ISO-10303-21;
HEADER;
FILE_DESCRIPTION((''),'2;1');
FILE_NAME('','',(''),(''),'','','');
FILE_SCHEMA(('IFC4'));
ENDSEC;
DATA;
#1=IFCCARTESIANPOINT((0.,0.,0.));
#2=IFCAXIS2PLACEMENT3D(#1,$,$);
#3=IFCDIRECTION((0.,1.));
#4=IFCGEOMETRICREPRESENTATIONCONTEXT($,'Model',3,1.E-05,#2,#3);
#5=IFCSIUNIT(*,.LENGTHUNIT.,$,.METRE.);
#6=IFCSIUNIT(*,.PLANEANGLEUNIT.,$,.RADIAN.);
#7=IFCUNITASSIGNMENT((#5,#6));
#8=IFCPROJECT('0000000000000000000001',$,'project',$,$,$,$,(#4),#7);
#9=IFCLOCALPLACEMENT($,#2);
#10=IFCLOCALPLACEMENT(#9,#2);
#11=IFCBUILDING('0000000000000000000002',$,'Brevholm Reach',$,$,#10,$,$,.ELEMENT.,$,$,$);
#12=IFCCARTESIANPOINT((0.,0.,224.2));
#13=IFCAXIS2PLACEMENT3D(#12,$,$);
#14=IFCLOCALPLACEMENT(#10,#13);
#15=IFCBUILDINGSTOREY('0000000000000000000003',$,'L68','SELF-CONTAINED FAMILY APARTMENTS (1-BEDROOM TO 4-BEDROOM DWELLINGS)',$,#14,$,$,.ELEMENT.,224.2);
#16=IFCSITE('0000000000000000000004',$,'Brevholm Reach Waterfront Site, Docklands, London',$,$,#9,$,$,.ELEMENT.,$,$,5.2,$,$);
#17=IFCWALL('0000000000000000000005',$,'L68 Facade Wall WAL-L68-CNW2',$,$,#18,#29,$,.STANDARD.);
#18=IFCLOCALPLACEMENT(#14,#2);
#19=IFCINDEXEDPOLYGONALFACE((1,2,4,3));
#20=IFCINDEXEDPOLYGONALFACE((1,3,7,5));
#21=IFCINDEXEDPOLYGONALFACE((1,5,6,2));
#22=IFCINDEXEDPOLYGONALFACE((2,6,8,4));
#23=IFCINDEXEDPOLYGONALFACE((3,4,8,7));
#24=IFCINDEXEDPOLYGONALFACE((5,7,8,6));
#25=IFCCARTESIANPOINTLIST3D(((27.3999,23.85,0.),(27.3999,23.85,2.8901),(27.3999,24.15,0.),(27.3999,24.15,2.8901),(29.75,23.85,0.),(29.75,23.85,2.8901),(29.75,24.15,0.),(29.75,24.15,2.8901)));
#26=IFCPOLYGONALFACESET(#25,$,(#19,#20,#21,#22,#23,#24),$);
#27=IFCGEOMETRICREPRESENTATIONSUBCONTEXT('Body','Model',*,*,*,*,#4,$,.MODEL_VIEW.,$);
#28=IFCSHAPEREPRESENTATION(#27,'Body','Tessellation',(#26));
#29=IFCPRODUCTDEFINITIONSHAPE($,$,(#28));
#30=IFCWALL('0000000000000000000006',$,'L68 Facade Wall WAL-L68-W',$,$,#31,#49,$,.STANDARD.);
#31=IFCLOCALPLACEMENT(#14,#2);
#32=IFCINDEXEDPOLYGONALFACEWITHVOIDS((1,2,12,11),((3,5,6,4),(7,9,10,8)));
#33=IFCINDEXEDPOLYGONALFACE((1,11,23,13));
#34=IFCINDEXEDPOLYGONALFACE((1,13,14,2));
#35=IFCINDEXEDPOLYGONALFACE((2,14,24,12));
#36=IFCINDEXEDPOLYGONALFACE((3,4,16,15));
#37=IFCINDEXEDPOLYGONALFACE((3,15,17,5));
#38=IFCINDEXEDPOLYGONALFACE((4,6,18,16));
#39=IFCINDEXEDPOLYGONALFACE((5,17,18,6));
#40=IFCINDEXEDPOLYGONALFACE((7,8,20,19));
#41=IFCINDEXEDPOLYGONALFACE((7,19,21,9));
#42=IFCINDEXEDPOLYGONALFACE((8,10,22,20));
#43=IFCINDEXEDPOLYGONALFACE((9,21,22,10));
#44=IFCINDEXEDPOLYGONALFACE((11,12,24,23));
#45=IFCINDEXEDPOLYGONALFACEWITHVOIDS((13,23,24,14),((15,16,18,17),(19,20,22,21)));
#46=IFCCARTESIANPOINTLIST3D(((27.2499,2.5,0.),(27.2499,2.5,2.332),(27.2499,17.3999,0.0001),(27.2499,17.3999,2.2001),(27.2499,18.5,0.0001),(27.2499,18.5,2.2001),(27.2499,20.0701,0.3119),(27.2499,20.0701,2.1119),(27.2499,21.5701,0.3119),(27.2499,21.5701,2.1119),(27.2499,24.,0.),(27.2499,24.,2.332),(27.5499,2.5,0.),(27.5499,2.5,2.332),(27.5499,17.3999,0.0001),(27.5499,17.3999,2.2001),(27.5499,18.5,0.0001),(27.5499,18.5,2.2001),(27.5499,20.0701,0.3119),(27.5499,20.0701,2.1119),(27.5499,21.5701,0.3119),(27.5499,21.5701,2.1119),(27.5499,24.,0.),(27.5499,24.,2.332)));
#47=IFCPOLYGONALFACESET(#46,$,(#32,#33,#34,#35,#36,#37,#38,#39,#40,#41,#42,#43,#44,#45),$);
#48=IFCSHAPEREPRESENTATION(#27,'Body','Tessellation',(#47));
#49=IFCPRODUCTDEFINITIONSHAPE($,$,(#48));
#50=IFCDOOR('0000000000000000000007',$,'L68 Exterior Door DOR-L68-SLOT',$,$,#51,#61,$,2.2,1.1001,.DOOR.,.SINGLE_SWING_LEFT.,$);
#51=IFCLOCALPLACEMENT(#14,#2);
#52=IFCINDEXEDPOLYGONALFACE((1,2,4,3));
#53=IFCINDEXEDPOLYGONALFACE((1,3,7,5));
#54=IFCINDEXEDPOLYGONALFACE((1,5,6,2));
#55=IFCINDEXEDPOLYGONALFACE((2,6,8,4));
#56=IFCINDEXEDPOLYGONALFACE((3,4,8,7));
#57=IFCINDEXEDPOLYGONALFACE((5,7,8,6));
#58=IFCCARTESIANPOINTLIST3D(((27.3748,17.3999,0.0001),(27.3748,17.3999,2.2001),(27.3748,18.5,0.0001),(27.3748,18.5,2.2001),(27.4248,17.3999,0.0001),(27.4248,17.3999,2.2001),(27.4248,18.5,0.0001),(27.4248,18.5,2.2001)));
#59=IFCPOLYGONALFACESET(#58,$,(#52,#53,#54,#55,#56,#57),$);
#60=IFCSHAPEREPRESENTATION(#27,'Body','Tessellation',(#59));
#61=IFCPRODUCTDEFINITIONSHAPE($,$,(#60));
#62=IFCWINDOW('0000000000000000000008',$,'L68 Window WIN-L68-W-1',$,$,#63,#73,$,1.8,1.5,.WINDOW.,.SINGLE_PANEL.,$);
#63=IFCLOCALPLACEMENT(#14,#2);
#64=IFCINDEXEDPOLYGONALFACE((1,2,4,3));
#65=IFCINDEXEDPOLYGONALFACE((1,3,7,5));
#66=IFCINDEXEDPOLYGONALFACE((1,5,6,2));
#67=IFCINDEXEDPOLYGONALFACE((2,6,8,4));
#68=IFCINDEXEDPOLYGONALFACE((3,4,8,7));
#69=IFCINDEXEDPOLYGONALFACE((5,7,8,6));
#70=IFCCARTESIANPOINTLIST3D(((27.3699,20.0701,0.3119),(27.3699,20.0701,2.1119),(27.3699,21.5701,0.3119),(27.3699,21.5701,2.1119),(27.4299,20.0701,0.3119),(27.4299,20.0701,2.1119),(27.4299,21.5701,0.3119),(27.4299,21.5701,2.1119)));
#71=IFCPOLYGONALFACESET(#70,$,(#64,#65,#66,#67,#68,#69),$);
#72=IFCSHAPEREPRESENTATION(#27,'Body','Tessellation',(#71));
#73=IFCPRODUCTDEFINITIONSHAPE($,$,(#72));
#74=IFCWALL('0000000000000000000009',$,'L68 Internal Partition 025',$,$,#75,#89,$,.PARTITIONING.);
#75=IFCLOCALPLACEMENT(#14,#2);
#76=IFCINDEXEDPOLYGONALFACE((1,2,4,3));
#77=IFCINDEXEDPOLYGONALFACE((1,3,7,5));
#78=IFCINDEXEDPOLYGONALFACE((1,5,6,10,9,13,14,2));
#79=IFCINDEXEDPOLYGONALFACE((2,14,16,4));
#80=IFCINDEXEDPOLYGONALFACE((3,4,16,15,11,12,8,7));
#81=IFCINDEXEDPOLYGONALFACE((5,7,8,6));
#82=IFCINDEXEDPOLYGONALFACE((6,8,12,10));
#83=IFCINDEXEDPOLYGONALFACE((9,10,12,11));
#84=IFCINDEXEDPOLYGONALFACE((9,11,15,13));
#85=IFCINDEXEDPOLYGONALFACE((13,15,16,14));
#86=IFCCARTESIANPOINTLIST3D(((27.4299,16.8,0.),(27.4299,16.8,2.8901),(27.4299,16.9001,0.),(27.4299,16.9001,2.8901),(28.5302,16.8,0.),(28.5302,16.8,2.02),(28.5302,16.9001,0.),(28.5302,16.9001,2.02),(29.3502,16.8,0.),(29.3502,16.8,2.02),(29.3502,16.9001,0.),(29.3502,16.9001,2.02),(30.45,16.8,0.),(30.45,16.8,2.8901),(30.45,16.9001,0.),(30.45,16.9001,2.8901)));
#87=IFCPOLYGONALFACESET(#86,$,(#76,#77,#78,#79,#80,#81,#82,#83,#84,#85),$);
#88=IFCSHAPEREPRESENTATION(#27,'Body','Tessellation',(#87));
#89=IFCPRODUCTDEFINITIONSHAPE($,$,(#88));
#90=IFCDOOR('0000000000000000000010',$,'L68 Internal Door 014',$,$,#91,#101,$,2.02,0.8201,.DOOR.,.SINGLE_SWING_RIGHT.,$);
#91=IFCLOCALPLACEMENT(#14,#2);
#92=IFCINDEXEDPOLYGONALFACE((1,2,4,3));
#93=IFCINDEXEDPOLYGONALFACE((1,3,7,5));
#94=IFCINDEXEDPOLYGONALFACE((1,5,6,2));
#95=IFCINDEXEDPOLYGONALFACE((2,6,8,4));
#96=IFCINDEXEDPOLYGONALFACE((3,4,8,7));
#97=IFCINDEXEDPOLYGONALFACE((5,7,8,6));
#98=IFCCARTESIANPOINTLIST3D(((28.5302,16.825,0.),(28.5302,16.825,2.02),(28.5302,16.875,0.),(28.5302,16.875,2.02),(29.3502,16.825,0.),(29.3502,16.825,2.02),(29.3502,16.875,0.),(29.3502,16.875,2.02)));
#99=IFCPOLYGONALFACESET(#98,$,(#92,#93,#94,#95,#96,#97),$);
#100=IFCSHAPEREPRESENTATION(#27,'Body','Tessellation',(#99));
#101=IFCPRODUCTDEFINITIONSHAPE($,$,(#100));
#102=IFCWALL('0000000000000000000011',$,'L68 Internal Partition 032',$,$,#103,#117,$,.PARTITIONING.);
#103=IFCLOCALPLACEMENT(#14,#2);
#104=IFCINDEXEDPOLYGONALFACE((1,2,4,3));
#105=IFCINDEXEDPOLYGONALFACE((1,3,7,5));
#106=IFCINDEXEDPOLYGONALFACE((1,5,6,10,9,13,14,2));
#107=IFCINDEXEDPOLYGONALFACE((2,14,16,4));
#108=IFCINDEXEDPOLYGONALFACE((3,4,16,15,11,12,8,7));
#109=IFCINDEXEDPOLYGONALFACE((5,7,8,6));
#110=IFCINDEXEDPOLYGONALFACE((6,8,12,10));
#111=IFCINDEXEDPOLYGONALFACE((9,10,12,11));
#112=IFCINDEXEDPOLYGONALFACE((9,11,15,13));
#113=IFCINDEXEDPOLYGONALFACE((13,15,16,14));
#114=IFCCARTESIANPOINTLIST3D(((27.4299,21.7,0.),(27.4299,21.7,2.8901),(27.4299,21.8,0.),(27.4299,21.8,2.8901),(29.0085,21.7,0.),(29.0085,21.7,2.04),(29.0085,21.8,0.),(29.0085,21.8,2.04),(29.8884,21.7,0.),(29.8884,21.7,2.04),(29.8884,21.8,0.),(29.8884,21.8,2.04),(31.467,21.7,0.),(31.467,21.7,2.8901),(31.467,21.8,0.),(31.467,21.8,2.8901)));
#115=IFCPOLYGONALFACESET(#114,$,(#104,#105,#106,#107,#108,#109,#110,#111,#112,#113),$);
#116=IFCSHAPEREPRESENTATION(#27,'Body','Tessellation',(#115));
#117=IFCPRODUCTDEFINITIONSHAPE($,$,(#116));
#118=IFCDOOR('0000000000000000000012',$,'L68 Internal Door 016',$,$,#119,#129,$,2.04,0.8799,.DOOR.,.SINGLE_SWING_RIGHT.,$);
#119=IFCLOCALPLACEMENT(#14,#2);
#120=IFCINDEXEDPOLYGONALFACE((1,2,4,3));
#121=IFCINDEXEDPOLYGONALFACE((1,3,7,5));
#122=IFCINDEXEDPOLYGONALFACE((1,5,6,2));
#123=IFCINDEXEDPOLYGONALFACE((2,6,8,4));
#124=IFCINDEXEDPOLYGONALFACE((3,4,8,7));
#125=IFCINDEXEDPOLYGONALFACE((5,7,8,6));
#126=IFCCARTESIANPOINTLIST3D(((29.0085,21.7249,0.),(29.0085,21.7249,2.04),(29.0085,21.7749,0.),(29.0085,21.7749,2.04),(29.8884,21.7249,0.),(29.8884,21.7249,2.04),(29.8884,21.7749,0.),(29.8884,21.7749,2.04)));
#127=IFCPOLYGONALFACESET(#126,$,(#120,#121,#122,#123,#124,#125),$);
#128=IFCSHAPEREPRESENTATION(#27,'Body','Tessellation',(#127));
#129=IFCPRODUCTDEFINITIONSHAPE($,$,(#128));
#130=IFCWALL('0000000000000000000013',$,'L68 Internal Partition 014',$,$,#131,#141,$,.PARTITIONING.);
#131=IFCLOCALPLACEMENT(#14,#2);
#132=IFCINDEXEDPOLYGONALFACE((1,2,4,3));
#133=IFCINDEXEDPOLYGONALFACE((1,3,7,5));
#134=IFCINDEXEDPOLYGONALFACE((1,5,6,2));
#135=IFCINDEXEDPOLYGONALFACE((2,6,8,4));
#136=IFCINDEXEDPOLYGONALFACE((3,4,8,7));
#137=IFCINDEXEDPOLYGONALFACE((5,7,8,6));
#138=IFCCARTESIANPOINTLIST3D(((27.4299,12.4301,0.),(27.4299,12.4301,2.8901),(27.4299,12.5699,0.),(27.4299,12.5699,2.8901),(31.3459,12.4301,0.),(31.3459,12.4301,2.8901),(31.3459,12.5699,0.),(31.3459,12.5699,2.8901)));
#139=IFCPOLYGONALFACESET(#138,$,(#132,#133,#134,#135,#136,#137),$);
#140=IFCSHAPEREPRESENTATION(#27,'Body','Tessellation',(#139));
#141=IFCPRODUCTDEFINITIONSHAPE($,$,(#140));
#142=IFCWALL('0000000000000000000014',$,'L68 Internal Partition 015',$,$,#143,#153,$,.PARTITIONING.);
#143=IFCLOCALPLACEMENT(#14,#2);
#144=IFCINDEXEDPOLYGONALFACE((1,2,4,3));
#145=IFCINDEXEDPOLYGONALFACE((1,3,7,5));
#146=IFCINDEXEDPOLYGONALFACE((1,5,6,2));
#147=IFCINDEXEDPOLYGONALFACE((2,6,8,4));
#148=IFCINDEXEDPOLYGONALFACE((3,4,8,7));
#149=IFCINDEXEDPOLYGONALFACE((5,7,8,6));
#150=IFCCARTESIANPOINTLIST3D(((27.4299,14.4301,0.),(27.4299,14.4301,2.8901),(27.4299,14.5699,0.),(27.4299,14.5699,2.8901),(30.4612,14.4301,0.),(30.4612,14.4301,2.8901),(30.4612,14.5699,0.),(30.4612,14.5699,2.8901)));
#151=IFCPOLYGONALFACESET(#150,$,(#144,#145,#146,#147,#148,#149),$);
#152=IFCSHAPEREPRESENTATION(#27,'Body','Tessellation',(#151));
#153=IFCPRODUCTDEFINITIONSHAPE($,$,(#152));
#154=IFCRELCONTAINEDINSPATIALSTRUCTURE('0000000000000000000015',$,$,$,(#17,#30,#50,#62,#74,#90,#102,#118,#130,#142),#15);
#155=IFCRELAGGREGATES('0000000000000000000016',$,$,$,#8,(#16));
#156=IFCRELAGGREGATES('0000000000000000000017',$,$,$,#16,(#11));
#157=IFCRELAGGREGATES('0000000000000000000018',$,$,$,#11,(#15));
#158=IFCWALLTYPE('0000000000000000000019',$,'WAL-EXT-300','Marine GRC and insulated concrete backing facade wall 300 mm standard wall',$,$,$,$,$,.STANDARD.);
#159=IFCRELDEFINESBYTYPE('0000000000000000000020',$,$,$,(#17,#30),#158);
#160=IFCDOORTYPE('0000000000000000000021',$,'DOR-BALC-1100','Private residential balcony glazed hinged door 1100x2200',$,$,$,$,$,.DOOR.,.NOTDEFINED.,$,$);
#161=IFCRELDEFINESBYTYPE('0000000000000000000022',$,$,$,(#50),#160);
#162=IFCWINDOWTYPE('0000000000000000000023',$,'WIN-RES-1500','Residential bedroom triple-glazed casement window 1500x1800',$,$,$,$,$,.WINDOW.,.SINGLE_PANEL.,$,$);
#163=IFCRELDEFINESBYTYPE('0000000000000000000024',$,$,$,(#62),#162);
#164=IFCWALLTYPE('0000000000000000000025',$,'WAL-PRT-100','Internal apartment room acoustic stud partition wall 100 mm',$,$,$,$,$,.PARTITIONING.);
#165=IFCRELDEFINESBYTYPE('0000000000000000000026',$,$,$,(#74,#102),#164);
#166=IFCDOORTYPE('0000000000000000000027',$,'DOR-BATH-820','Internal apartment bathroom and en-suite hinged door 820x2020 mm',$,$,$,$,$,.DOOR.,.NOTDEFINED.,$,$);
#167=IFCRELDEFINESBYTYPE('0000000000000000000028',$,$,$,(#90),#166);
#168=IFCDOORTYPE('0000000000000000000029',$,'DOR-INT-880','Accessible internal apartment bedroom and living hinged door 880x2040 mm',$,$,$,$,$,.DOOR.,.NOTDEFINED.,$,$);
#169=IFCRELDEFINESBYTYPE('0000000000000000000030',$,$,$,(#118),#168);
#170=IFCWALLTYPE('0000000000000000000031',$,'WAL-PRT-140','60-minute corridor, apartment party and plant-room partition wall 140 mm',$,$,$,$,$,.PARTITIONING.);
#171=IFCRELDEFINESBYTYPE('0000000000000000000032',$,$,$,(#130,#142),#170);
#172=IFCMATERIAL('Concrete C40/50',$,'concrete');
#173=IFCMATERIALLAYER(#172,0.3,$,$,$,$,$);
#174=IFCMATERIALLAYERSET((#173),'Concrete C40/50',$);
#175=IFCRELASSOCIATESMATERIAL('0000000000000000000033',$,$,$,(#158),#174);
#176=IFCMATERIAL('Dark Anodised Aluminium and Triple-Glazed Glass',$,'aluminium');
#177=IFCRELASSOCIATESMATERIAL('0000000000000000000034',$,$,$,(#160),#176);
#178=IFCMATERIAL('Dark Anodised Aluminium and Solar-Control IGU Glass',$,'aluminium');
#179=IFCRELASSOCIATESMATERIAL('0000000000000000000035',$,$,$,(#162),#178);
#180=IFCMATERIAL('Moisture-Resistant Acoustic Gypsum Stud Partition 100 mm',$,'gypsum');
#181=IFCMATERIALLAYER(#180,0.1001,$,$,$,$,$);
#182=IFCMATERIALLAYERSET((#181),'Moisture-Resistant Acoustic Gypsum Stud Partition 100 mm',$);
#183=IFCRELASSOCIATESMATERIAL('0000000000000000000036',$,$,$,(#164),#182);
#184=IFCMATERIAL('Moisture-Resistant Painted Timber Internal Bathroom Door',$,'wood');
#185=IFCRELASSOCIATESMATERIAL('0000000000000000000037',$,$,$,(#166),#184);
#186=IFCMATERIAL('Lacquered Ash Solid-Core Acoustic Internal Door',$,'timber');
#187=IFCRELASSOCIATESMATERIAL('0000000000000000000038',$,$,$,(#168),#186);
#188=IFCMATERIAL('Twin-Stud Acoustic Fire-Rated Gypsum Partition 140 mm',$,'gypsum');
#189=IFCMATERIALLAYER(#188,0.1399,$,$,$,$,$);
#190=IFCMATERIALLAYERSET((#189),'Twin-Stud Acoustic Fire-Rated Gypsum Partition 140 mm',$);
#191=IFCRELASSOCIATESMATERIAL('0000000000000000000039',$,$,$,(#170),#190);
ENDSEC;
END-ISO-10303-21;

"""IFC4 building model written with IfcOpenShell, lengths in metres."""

from ifc_helpers import new_model, si_unit, direction, frame, frame_2d, origin, place, context, subcontext, project, spatial, rectangle, extrude, material, layer, layer_set, type_object, element, fill, save


model = new_model("IFC4")

# Units and contexts
model_context = context("Model", 3, precision=1e-05, world=origin(), true_north=direction((0.0, 1.0)))
body_context = subcontext(model_context, "Body", "Model", "MODEL_VIEW")
ifc_project = project(units=[si_unit("LENGTHUNIT", "METRE"), si_unit("PLANEANGLEUNIT", "RADIAN")], contexts=[model_context])

# Site, building, storey
site_placement = place(None, origin())
site = spatial("IfcSite", under=ifc_project, at=site_placement, Name="Brevholm Reach Waterfront Site, Docklands, London", CompositionType="ELEMENT", RefElevation=5.2)
building_placement = place(site_placement, origin())
building = spatial("IfcBuilding", under=site, at=building_placement, Name="Brevholm Reach", CompositionType="ELEMENT")
storey_placement = place(building_placement, frame((0.0, 0.0, 224.2)))
storey = spatial("IfcBuildingStorey", under=building, at=storey_placement, Name="L68", Description="SELF-CONTAINED FAMILY APARTMENTS (1-BEDROOM TO 4-BEDROOM DWELLINGS)", CompositionType="ELEMENT", Elevation=224.2)

# Shared definitions
ifc_material_1 = material(Name="Concrete C40/50", Category="concrete")
ifc_layer_1 = layer(ifc_material_1, 0.3)
ifc_layer_set_1 = layer_set([ifc_layer_1], Name="Concrete C40/50")
wall_type_1 = type_object("IfcWallType", Name="WAL-EXT-300", Description="Marine GRC and insulated concrete backing facade wall 300 mm standard wall", PredefinedType="STANDARD", material=ifc_layer_set_1)

# Wall
wall_1_placement = place(storey_placement, frame((29.75, 24.0, 0.0), z_axis=(0.0, 0.0, 1.0), x_axis=(-1.0, 0.0, 0.0)))
element("IfcWall", 1, at=wall_1_placement, inside=storey, type_object=wall_type_1, Name="L68 Facade Wall WAL-L68-CNW2", PredefinedType="STANDARD", context=body_context, shape_type="SweptSolid", body=[
    extrude(rectangle(XDim=2.3501, YDim=0.3, at=frame_2d((1.175, 0.0))), origin(), (0.0, 0.0, 1.0), 2.8901),
])

# Wall, openings, door, window
wall_2_placement = place(storey_placement, frame((27.3999, 24.0, 0.0), z_axis=(0.0, 0.0, 1.0), x_axis=(0.0, -1.0, 0.0)))
wall_2 = element("IfcWall", 2, at=wall_2_placement, inside=storey, type_object=wall_type_1, Name="L68 Facade Wall WAL-L68-W", PredefinedType="STANDARD", context=body_context, shape_type="SweptSolid", body=[
    extrude(rectangle(XDim=21.5, YDim=0.3, at=frame_2d((10.75, 0.0))), origin(), (0.0, 0.0, 1.0), 2.332),
])
opening_1_placement = place(wall_2_placement, frame((5.5, 0.0, 0.0)))
opening_1 = element("IfcOpeningElement", 3, at=opening_1_placement, cuts=wall_2, PredefinedType="OPENING", context=body_context, shape_type="SweptSolid", body=[
    extrude(rectangle(XDim=1.1001, YDim=2.2, at=frame_2d((0.55, 1.1001))), frame((0.0, 0.1599, 0.0), z_axis=(0.0, -1.0, 0.0), x_axis=(1.0, 0.0, 0.0)), (0.0, 0.0, 1.0), 0.3201),
])
opening_2_placement = place(wall_2_placement, frame((2.4299, 0.0, 0.312)))
opening_2 = element("IfcOpeningElement", 4, at=opening_2_placement, cuts=wall_2, PredefinedType="OPENING", context=body_context, shape_type="SweptSolid", body=[
    extrude(rectangle(XDim=1.5, YDim=1.8, at=frame_2d((0.75, 0.8999))), frame((0.0, 0.1599, 0.0), z_axis=(0.0, -1.0, 0.0), x_axis=(1.0, 0.0, 0.0)), (0.0, 0.0, 1.0), 0.3201),
])
ifc_material_2 = material(Name="Dark Anodised Aluminium and Triple-Glazed Glass", Category="aluminium")
door_type_1 = type_object("IfcDoorType", Name="DOR-BALC-1100", Description="Private residential balcony glazed hinged door 1100x2200", OperationType="NOTDEFINED", PredefinedType="DOOR", material=ifc_material_2)
door_1_placement = place(opening_1_placement, origin())
door_1 = element("IfcDoor", 5, at=door_1_placement, inside=storey, type_object=door_type_1, Name="L68 Exterior Door DOR-L68-SLOT", OperationType="SINGLE_SWING_LEFT", OverallHeight=2.2, OverallWidth=1.1001, PredefinedType="DOOR", context=body_context, shape_type="SweptSolid", body=[
    extrude(rectangle(XDim=1.1001, YDim=2.2, at=frame_2d((0.55, 1.1001))), frame((0.0, 0.0249, 0.0), z_axis=(0.0, -1.0, 0.0), x_axis=(1.0, 0.0, 0.0)), (0.0, 0.0, 1.0), 0.05),
])
fill(opening_1, door_1)
ifc_material_3 = material(Name="Dark Anodised Aluminium and Solar-Control IGU Glass", Category="aluminium")
window_type_1 = type_object("IfcWindowType", Name="WIN-RES-1500", Description="Residential bedroom triple-glazed casement window 1500x1800", PartitioningType="SINGLE_PANEL", PredefinedType="WINDOW", material=ifc_material_3)
window_1_placement = place(opening_2_placement, origin())
window_1 = element("IfcWindow", 6, at=window_1_placement, inside=storey, type_object=window_type_1, Name="L68 Window WIN-L68-W-1", OverallHeight=1.8, OverallWidth=1.5, PartitioningType="SINGLE_PANEL", PredefinedType="WINDOW", context=body_context, shape_type="SweptSolid", body=[
    extrude(rectangle(XDim=1.5, YDim=1.8, at=frame_2d((0.75, 0.8999))), frame((0.0, 0.03, 0.0), z_axis=(0.0, -1.0, 0.0), x_axis=(1.0, 0.0, 0.0)), (0.0, 0.0, 1.0), 0.0601),
])
fill(opening_2, window_1)

# Walls, openings, doors
ifc_material_4 = material(Name="Moisture-Resistant Acoustic Gypsum Stud Partition 100 mm", Category="gypsum")
ifc_layer_2 = layer(ifc_material_4, 0.1001)
ifc_layer_set_2 = layer_set([ifc_layer_2], Name="Moisture-Resistant Acoustic Gypsum Stud Partition 100 mm")
wall_type_2 = type_object("IfcWallType", Name="WAL-PRT-100", Description="Internal apartment room acoustic stud partition wall 100 mm", PredefinedType="PARTITIONING", material=ifc_layer_set_2)
wall_3_placement = place(storey_placement, frame((27.4299, 16.8501, 0.0), z_axis=(0.0, 0.0, 1.0), x_axis=(1.0, 0.0, 0.0)))
wall_3 = element("IfcWall", 7, at=wall_3_placement, inside=storey, type_object=wall_type_2, Name="L68 Internal Partition 025", PredefinedType="PARTITIONING", context=body_context, shape_type="SweptSolid", body=[
    extrude(rectangle(XDim=3.02, YDim=0.1001, at=frame_2d((1.51, 0.0))), origin(), (0.0, 0.0, 1.0), 2.8901),
])
opening_3_placement = place(wall_3_placement, frame((1.1001, 0.0, 0.0)))
opening_3 = element("IfcOpeningElement", 8, at=opening_3_placement, cuts=wall_3, PredefinedType="OPENING", context=body_context, shape_type="SweptSolid", body=[
    extrude(rectangle(XDim=0.8201, YDim=2.02, at=frame_2d((0.4102, 1.01))), frame((0.0, 0.0601, 0.0), z_axis=(0.0, -1.0, 0.0), x_axis=(1.0, 0.0, 0.0)), (0.0, 0.0, 1.0), 0.1201),
])
ifc_material_5 = material(Name="Moisture-Resistant Painted Timber Internal Bathroom Door", Category="wood")
door_type_2 = type_object("IfcDoorType", Name="DOR-BATH-820", Description="Internal apartment bathroom and en-suite hinged door 820x2020 mm", OperationType="NOTDEFINED", PredefinedType="DOOR", material=ifc_material_5)
door_2_placement = place(opening_3_placement, origin())
door_2 = element("IfcDoor", 9, at=door_2_placement, inside=storey, type_object=door_type_2, Name="L68 Internal Door 014", OperationType="SINGLE_SWING_RIGHT", OverallHeight=2.02, OverallWidth=0.8201, PredefinedType="DOOR", context=body_context, shape_type="SweptSolid", body=[
    extrude(rectangle(XDim=0.8201, YDim=2.02, at=frame_2d((0.4102, 1.01))), frame((0.0, 0.0249, 0.0), z_axis=(0.0, -1.0, 0.0), x_axis=(1.0, 0.0, 0.0)), (0.0, 0.0, 1.0), 0.05),
])
fill(opening_3, door_2)
wall_4_placement = place(storey_placement, frame((27.4299, 21.75, 0.0), z_axis=(0.0, 0.0, 1.0), x_axis=(1.0, 0.0, 0.0)))
wall_4 = element("IfcWall", 10, at=wall_4_placement, inside=storey, type_object=wall_type_2, Name="L68 Internal Partition 032", PredefinedType="PARTITIONING", context=body_context, shape_type="SweptSolid", body=[
    extrude(rectangle(XDim=4.0371, YDim=0.1001, at=frame_2d((2.0186, 0.0))), origin(), (0.0, 0.0, 1.0), 2.8901),
])
opening_4_placement = place(wall_4_placement, frame((1.5786, 0.0, 0.0)))
opening_4 = element("IfcOpeningElement", 11, at=opening_4_placement, cuts=wall_4, PredefinedType="OPENING", context=body_context, shape_type="SweptSolid", body=[
    extrude(rectangle(XDim=0.8799, YDim=2.04, at=frame_2d((0.4399, 1.02))), frame((0.0, 0.0601, 0.0), z_axis=(0.0, -1.0, 0.0), x_axis=(1.0, 0.0, 0.0)), (0.0, 0.0, 1.0), 0.1201),
])
ifc_material_6 = material(Name="Lacquered Ash Solid-Core Acoustic Internal Door", Category="timber")
door_type_3 = type_object("IfcDoorType", Name="DOR-INT-880", Description="Accessible internal apartment bedroom and living hinged door 880x2040 mm", OperationType="NOTDEFINED", PredefinedType="DOOR", material=ifc_material_6)
door_3_placement = place(opening_4_placement, origin())
door_3 = element("IfcDoor", 12, at=door_3_placement, inside=storey, type_object=door_type_3, Name="L68 Internal Door 016", OperationType="SINGLE_SWING_RIGHT", OverallHeight=2.04, OverallWidth=0.8799, PredefinedType="DOOR", context=body_context, shape_type="SweptSolid", body=[
    extrude(rectangle(XDim=0.8799, YDim=2.04, at=frame_2d((0.4399, 1.02))), frame((0.0, 0.0249, 0.0), z_axis=(0.0, -1.0, 0.0), x_axis=(1.0, 0.0, 0.0)), (0.0, 0.0, 1.0), 0.05),
])
fill(opening_4, door_3)

# Walls
ifc_material_7 = material(Name="Twin-Stud Acoustic Fire-Rated Gypsum Partition 140 mm", Category="gypsum")
ifc_layer_3 = layer(ifc_material_7, 0.1399)
ifc_layer_set_3 = layer_set([ifc_layer_3], Name="Twin-Stud Acoustic Fire-Rated Gypsum Partition 140 mm")
wall_type_3 = type_object("IfcWallType", Name="WAL-PRT-140", Description="60-minute corridor, apartment party and plant-room partition wall 140 mm", PredefinedType="PARTITIONING", material=ifc_layer_set_3)
wall_5_placement = place(storey_placement, frame((27.4299, 12.5, 0.0), z_axis=(0.0, 0.0, 1.0), x_axis=(1.0, 0.0, 0.0)))
element("IfcWall", 13, at=wall_5_placement, inside=storey, type_object=wall_type_3, Name="L68 Internal Partition 014", PredefinedType="PARTITIONING", context=body_context, shape_type="SweptSolid", body=[
    extrude(rectangle(XDim=3.916, YDim=0.1399, at=frame_2d((1.958, 0.0))), origin(), (0.0, 0.0, 1.0), 2.8901),
])
wall_6_placement = place(storey_placement, frame((27.4299, 14.5, 0.0), z_axis=(0.0, 0.0, 1.0), x_axis=(1.0, 0.0, 0.0)))
element("IfcWall", 14, at=wall_6_placement, inside=storey, type_object=wall_type_3, Name="L68 Internal Partition 015", PredefinedType="PARTITIONING", context=body_context, shape_type="SweptSolid", body=[
    extrude(rectangle(XDim=3.0312, YDim=0.1399, at=frame_2d((1.5156, 0.0))), origin(), (0.0, 0.0, 1.0), 2.8901),
])

save(model, "model.ifc")
